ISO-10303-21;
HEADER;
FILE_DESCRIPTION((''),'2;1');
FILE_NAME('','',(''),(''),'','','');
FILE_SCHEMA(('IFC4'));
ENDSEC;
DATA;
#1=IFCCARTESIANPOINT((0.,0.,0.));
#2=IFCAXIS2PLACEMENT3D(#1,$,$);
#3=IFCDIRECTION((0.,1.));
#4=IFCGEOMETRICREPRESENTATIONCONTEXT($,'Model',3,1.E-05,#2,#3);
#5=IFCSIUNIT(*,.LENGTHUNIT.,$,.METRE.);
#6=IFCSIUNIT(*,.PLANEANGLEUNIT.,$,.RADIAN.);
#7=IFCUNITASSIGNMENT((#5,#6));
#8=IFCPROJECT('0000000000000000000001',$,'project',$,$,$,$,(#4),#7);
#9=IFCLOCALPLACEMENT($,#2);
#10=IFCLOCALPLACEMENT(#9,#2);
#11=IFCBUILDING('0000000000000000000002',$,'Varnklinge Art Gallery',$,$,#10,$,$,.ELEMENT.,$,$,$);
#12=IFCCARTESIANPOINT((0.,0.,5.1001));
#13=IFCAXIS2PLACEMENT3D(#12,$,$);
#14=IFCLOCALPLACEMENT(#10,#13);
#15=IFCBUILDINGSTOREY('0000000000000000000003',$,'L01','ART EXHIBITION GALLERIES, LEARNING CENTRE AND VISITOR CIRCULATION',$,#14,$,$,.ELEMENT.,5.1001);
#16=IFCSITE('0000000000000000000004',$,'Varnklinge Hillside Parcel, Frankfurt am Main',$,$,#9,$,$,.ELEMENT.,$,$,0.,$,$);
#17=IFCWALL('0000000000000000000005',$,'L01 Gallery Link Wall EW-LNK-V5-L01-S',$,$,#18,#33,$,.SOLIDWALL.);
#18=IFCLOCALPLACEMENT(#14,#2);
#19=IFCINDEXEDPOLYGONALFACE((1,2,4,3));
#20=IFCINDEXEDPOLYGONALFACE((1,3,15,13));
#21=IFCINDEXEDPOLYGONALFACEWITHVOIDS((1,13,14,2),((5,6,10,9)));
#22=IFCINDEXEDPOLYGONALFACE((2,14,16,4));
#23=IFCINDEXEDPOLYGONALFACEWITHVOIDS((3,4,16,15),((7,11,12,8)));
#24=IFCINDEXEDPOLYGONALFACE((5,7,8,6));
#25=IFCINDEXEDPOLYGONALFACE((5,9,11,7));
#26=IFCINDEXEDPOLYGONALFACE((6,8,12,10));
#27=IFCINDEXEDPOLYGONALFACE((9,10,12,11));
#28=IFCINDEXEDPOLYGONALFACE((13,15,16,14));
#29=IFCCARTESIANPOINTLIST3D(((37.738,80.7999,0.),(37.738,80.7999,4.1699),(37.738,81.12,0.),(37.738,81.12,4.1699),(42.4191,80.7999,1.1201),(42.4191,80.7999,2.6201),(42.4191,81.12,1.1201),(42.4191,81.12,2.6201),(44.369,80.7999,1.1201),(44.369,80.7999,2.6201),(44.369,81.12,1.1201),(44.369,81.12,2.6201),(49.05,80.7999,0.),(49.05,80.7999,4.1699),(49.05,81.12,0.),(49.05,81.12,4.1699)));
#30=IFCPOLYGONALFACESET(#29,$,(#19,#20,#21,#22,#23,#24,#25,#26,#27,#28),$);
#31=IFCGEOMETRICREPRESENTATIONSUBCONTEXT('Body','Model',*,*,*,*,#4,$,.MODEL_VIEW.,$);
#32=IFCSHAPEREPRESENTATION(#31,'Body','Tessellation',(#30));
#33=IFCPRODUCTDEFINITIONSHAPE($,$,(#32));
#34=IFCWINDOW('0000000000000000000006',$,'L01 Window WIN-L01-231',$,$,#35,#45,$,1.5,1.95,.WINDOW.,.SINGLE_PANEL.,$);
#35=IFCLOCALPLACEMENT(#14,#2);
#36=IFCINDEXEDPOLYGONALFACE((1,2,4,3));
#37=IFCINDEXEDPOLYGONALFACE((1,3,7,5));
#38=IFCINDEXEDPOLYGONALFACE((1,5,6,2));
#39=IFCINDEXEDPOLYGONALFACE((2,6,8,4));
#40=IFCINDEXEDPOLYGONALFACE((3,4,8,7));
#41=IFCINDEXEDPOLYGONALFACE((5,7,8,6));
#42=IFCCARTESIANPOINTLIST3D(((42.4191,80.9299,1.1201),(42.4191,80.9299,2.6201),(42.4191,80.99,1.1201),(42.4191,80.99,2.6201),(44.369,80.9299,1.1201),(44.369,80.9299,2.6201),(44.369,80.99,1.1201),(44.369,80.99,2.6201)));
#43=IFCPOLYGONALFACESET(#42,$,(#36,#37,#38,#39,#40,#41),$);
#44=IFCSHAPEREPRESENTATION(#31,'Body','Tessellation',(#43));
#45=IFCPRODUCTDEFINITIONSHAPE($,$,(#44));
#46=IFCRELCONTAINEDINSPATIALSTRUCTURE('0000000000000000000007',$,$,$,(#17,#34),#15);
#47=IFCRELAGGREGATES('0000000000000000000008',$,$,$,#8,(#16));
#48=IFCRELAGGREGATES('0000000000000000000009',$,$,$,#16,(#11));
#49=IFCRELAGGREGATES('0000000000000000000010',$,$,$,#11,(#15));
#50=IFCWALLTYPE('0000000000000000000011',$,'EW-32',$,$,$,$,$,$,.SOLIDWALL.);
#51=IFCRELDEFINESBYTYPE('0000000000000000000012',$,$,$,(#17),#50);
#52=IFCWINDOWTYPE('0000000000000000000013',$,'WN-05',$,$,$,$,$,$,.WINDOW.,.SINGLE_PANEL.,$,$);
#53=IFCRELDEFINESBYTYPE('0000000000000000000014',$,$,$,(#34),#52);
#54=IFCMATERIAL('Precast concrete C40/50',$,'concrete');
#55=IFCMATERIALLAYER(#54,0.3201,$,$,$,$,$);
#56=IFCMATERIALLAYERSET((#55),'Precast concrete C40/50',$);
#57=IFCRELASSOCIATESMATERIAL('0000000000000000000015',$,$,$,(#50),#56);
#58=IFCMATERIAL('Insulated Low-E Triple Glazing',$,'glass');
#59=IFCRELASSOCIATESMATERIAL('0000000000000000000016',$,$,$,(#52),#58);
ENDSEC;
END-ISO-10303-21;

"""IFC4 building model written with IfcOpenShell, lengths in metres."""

from ifc_helpers import new_model, si_unit, direction, frame, frame_2d, origin, place, context, subcontext, project, spatial, rectangle, extrude, material, layer, layer_set, type_object, element, fill, save


model = new_model("IFC4")

# Units and contexts
model_context = context("Model", 3, precision=1e-05, world=origin(), true_north=direction((0.0, 1.0)))
body_context = subcontext(model_context, "Body", "Model", "MODEL_VIEW")
ifc_project = project(units=[si_unit("LENGTHUNIT", "METRE"), si_unit("PLANEANGLEUNIT", "RADIAN")], contexts=[model_context])

# Site, building, storey
site_placement = place(None, origin())
site = spatial("IfcSite", under=ifc_project, at=site_placement, Name="Varnklinge Hillside Parcel, Frankfurt am Main", CompositionType="ELEMENT", RefElevation=0.0)
building_placement = place(site_placement, origin())
building = spatial("IfcBuilding", under=site, at=building_placement, Name="Varnklinge Art Gallery", CompositionType="ELEMENT")
storey_placement = place(building_placement, frame((0.0, 0.0, 5.1001)))
storey = spatial("IfcBuildingStorey", under=building, at=storey_placement, Name="L01", Description="ART EXHIBITION GALLERIES, LEARNING CENTRE AND VISITOR CIRCULATION", CompositionType="ELEMENT", Elevation=5.1001)

# Shared definitions
ifc_material_1 = material(Name="Precast concrete C40/50", Category="concrete")
ifc_layer_1 = layer(ifc_material_1, 0.3201)
ifc_layer_set_1 = layer_set([ifc_layer_1], Name="Precast concrete C40/50")
wall_type = type_object("IfcWallType", Name="EW-32", PredefinedType="SOLIDWALL", material=ifc_layer_set_1)

# Wall, opening, window
wall_1_placement = place(storey_placement, frame((49.05, 80.96, 0.0), z_axis=(0.0, 0.0, 1.0), x_axis=(-1.0, 0.0, 0.0)))
wall_1 = element("IfcWall", 1, at=wall_1_placement, inside=storey, type_object=wall_type, Name="L01 Gallery Link Wall EW-LNK-V5-L01-S", PredefinedType="SOLIDWALL", context=body_context, shape_type="SweptSolid", body=[
    extrude(rectangle(XDim=11.312, YDim=0.3201, at=frame_2d((5.656, 0.0))), origin(), (0.0, 0.0, 1.0), 4.1699),
])
opening_placement = place(wall_1_placement, frame((4.6809, 0.0, 1.1201)))
opening = element("IfcOpeningElement", 2, at=opening_placement, cuts=wall_1, PredefinedType="OPENING", context=body_context, shape_type="SweptSolid", body=[
    extrude(rectangle(XDim=1.95, YDim=1.5, at=frame_2d((0.9751, 0.75))), frame((0.0, 0.1702, 0.0), z_axis=(0.0, -1.0, 0.0), x_axis=(1.0, 0.0, 0.0)), (0.0, 0.0, 1.0), 0.3401),
])
ifc_material_2 = material(Name="Insulated Low-E Triple Glazing", Category="glass")
window_type = type_object("IfcWindowType", Name="WN-05", PartitioningType="SINGLE_PANEL", PredefinedType="WINDOW", material=ifc_material_2)
window_placement = place(opening_placement, origin())
window = element("IfcWindow", 3, at=window_placement, inside=storey, type_object=window_type, Name="L01 Window WIN-L01-231", OverallHeight=1.5, OverallWidth=1.95, PartitioningType="SINGLE_PANEL", PredefinedType="WINDOW", context=body_context, shape_type="SweptSolid", body=[
    extrude(rectangle(XDim=1.95, YDim=1.5, at=frame_2d((0.9751, 0.75))), frame((0.0, 0.03, 0.0), z_axis=(0.0, -1.0, 0.0), x_axis=(1.0, 0.0, 0.0)), (0.0, 0.0, 1.0), 0.0601),
])
fill(opening, window)

save(model, "model.ifc")
